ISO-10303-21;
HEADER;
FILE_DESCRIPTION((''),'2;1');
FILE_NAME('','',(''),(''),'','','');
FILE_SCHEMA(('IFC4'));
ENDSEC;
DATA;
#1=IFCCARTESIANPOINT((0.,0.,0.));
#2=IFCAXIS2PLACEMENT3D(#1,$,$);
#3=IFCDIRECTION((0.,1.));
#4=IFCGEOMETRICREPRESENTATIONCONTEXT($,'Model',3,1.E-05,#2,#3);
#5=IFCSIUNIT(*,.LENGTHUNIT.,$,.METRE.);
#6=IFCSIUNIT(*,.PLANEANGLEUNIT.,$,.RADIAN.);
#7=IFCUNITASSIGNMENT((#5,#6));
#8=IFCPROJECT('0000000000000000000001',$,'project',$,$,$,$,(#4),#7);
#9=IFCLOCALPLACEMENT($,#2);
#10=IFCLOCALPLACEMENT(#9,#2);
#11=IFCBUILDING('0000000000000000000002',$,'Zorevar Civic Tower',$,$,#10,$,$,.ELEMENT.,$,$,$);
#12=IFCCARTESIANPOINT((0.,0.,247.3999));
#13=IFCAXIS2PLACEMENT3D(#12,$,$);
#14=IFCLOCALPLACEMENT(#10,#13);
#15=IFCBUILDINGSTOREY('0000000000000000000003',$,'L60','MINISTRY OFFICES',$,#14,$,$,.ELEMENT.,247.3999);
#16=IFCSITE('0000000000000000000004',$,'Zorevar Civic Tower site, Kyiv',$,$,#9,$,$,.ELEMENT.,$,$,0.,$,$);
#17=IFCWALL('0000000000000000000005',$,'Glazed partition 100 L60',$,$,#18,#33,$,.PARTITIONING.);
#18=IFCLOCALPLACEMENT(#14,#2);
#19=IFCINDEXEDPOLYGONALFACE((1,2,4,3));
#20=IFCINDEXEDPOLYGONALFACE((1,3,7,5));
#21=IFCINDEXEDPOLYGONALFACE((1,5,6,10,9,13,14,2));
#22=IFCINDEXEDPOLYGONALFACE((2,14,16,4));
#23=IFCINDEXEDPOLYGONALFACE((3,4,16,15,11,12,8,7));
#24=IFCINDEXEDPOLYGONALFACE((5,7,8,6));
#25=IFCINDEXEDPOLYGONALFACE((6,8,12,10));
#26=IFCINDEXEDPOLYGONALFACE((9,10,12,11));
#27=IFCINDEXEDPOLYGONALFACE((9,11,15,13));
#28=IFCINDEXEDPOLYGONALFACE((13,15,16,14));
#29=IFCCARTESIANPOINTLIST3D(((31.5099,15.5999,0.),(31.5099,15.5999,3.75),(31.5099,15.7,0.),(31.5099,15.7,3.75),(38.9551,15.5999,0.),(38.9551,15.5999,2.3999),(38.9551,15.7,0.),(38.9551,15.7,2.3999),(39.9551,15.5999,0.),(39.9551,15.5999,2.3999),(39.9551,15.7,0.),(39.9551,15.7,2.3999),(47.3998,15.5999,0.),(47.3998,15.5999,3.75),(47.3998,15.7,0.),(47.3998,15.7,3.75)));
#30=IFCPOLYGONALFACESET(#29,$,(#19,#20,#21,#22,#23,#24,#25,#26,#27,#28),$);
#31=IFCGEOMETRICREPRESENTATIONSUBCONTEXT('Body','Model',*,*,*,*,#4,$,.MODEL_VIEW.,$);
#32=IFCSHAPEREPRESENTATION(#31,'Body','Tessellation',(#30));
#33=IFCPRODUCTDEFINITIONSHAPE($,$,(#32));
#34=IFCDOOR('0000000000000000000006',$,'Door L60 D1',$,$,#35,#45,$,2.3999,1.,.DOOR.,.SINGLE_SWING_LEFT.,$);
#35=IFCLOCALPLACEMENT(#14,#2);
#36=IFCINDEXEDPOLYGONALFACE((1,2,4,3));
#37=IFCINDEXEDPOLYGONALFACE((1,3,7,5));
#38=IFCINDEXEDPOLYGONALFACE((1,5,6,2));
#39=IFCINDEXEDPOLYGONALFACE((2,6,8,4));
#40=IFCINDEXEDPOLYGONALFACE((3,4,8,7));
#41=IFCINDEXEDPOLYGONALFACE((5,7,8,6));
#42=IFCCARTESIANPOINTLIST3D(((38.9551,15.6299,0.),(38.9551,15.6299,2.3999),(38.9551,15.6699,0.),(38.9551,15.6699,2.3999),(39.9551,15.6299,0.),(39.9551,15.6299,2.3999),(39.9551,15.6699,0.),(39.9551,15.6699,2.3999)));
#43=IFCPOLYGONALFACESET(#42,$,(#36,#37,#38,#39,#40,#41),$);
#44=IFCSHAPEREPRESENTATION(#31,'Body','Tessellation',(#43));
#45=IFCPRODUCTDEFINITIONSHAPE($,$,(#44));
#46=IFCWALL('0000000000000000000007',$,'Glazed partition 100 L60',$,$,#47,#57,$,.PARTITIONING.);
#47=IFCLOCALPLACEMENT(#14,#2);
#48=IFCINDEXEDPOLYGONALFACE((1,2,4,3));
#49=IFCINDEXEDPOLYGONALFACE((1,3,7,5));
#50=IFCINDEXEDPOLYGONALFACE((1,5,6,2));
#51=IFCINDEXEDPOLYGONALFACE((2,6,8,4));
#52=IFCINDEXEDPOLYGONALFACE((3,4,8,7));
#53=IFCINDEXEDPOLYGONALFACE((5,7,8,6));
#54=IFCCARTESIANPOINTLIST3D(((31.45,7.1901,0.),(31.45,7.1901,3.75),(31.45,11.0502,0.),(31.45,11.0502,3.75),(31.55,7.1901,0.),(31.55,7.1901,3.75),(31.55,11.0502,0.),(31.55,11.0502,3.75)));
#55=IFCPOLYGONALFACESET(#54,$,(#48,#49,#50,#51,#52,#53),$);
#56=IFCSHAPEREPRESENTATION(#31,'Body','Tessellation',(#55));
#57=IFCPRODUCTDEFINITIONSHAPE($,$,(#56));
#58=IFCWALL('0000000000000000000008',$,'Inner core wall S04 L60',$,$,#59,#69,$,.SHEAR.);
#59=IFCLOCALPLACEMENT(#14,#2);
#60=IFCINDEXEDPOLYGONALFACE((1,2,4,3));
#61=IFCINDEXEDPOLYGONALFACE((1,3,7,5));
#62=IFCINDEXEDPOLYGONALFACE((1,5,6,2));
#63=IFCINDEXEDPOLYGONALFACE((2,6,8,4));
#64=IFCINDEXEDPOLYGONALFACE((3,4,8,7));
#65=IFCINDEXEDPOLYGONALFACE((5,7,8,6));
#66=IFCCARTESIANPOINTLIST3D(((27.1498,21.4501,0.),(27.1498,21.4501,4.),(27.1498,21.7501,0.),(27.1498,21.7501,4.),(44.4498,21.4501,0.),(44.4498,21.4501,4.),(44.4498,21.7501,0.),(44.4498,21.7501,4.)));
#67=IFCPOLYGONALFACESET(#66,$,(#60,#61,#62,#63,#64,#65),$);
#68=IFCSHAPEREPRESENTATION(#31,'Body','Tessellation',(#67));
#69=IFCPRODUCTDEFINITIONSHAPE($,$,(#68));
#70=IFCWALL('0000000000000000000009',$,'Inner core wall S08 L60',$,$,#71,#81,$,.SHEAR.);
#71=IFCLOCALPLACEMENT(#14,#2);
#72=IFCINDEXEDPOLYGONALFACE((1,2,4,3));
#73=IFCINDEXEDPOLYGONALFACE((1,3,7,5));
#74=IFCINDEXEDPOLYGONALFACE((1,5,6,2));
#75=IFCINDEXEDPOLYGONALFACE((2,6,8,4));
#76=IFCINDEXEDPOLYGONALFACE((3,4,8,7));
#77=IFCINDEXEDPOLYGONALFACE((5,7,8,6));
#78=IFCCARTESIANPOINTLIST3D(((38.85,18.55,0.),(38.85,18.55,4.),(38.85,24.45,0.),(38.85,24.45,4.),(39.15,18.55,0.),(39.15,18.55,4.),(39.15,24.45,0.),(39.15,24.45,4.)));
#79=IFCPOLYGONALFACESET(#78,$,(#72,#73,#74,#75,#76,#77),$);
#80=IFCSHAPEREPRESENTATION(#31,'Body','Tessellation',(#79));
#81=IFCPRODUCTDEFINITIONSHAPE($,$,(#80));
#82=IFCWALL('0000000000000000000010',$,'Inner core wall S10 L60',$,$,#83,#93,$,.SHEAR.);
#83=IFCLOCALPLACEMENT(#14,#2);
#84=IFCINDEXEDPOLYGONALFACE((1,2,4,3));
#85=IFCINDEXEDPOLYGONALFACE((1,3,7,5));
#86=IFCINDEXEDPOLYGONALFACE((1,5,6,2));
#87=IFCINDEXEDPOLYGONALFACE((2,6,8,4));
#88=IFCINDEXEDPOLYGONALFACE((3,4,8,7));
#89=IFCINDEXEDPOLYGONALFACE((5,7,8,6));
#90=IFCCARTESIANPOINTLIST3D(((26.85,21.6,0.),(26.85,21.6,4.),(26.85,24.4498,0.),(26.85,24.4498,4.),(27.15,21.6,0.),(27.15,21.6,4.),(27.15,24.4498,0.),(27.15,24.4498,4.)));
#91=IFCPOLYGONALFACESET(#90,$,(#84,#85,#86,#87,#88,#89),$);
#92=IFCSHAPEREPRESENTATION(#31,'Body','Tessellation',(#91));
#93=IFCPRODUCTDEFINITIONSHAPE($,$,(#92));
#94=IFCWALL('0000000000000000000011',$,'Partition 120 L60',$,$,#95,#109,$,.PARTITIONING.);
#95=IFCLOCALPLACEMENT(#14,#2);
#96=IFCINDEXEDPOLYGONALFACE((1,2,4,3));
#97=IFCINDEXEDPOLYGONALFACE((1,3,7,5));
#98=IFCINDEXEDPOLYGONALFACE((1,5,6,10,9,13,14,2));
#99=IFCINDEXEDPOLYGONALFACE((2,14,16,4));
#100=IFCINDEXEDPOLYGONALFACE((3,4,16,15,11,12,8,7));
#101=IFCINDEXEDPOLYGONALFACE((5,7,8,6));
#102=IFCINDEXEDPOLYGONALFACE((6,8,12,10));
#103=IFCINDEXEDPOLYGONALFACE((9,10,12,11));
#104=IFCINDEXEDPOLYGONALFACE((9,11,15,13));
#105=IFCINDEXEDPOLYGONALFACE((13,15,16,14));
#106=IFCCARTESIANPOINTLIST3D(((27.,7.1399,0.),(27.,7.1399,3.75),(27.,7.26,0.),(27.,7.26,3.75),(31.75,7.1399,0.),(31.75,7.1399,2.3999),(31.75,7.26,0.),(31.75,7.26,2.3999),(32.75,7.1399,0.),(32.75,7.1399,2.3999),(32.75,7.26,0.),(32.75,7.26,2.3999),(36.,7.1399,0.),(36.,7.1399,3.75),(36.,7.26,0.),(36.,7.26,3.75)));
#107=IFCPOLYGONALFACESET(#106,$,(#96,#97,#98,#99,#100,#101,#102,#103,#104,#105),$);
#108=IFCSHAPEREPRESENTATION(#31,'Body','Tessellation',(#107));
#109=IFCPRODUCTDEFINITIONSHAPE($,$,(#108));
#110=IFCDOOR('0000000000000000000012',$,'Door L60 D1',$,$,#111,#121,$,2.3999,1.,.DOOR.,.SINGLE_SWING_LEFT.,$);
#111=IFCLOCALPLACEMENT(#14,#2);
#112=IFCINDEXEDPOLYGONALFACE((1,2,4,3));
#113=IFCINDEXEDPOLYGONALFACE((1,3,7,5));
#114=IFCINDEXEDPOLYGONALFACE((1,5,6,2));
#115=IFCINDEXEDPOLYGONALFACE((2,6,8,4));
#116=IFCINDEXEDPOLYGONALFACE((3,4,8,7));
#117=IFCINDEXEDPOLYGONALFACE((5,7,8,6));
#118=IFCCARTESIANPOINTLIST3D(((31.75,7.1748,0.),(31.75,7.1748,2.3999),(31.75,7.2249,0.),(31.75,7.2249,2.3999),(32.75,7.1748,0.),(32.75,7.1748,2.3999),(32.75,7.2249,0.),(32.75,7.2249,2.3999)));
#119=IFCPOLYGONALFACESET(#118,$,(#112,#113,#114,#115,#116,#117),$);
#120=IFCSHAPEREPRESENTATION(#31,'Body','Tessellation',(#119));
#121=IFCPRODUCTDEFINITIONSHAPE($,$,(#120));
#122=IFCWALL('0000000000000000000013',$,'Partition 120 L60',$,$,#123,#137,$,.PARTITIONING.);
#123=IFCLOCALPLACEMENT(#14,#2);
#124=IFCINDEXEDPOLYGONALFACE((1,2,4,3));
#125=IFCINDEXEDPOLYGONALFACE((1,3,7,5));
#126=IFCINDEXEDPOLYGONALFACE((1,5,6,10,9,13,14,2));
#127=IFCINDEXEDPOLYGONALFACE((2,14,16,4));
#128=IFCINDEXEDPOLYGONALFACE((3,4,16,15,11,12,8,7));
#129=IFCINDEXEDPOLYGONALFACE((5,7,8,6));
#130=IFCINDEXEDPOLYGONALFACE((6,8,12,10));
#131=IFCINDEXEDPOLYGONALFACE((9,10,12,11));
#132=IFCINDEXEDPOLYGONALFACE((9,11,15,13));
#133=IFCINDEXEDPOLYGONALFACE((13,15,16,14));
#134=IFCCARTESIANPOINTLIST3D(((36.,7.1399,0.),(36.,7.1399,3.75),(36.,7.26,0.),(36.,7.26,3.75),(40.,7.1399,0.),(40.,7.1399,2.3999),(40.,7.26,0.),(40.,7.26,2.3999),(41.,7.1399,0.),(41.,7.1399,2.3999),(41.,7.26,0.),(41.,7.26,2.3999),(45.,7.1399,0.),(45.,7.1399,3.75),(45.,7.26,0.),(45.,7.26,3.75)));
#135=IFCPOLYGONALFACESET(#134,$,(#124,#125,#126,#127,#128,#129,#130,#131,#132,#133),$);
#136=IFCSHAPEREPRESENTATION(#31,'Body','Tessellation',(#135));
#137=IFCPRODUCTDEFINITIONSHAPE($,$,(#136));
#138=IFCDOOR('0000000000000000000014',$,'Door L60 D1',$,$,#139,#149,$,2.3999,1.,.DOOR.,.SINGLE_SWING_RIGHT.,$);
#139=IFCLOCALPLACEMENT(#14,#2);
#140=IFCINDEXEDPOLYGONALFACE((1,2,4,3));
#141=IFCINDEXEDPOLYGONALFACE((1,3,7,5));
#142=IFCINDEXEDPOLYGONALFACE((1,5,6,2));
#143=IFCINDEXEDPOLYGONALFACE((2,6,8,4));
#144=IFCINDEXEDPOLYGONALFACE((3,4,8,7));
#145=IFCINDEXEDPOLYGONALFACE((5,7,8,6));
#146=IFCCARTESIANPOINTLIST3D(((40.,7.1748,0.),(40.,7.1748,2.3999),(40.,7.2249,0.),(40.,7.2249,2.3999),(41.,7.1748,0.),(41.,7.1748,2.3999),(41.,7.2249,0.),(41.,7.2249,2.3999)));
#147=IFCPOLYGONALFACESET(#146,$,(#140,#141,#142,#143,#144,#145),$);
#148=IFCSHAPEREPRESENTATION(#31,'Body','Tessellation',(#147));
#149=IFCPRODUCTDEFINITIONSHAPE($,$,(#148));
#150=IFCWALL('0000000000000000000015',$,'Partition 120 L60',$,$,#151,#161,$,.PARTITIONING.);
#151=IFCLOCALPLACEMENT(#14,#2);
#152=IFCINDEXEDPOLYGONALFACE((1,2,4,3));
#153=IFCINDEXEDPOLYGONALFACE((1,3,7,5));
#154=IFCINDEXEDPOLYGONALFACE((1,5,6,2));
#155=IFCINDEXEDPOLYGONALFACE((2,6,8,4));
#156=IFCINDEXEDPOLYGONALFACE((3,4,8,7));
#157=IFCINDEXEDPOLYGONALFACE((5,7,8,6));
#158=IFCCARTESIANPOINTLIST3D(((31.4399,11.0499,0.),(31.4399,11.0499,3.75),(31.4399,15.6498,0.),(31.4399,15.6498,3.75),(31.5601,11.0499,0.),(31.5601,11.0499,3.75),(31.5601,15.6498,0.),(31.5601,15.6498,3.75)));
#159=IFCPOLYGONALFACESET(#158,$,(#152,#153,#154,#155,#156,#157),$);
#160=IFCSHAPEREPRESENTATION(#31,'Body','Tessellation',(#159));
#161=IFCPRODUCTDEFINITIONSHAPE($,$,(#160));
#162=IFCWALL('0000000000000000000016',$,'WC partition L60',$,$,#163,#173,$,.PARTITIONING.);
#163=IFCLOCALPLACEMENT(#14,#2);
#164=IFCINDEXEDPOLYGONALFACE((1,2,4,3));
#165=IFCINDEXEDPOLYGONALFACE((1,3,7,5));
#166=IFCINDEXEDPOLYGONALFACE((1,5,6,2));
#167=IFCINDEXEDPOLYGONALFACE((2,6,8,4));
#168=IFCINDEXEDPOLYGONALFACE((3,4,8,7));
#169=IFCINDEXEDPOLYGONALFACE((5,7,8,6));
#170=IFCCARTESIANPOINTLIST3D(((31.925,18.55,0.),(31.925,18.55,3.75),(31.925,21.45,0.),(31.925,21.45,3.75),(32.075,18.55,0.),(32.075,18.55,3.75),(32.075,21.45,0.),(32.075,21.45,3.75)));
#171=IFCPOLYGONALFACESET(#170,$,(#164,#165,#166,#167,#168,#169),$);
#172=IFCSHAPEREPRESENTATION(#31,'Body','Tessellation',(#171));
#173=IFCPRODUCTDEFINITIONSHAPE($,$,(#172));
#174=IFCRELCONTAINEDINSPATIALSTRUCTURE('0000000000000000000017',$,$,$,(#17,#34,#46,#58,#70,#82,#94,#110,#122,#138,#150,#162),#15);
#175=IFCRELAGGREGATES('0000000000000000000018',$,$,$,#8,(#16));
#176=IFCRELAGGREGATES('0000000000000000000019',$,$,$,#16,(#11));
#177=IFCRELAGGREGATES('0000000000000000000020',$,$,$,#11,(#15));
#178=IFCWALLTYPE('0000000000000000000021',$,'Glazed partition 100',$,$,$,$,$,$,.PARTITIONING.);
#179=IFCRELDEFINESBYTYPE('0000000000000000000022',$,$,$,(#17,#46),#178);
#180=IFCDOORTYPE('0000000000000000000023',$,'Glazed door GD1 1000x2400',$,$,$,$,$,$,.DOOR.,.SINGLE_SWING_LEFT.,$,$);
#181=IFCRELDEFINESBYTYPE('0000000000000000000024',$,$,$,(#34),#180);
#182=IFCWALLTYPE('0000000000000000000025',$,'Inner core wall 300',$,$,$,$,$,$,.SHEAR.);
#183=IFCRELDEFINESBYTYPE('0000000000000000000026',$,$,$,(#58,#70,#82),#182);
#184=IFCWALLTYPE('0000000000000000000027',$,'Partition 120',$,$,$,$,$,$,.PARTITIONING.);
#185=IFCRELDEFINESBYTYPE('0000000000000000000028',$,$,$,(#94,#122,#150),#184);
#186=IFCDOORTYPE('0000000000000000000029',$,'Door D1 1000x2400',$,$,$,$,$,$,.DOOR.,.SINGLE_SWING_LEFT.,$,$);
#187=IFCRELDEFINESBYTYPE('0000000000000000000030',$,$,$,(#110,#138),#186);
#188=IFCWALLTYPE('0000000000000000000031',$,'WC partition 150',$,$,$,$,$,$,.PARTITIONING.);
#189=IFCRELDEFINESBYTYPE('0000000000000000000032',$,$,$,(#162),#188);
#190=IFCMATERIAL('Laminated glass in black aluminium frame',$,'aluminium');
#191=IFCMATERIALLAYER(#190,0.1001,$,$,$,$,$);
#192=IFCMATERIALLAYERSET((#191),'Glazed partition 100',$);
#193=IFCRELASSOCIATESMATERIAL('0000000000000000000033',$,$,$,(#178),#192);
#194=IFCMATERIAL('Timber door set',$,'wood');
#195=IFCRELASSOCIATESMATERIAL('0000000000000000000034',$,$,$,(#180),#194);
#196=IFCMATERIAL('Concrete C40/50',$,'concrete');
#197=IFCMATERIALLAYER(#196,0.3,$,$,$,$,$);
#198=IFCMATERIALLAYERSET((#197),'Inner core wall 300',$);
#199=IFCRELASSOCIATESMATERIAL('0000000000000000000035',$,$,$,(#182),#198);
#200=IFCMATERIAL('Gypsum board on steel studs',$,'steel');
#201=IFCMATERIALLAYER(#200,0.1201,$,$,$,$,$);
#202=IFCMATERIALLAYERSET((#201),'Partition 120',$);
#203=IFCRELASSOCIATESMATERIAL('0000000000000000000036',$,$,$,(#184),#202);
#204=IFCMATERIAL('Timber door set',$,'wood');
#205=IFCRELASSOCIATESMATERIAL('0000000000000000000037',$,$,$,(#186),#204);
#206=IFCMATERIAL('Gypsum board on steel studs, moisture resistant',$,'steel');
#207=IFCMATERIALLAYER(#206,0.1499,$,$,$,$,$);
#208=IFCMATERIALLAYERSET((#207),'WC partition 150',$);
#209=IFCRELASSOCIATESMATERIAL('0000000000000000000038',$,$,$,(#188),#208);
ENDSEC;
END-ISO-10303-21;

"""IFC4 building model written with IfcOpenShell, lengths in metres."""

from ifc_helpers import new_model, si_unit, direction, frame, frame_2d, origin, place, context, subcontext, project, spatial, rectangle, extrude, material, layer, layer_set, type_object, element, fill, save


model = new_model("IFC4")

# Units and contexts
model_context = context("Model", 3, precision=1e-05, world=origin(), true_north=direction((0.0, 1.0)))
body_context = subcontext(model_context, "Body", "Model", "MODEL_VIEW")
ifc_project = project(units=[si_unit("LENGTHUNIT", "METRE"), si_unit("PLANEANGLEUNIT", "RADIAN")], contexts=[model_context])

# Site, building, storey
site_placement = place(None, origin())
site = spatial("IfcSite", under=ifc_project, at=site_placement, Name="Zorevar Civic Tower site, Kyiv", CompositionType="ELEMENT", RefElevation=0.0)
building_placement = place(site_placement, origin())
building = spatial("IfcBuilding", under=site, at=building_placement, Name="Zorevar Civic Tower", CompositionType="ELEMENT")
storey_placement = place(building_placement, frame((0.0, 0.0, 247.3999)))
storey = spatial("IfcBuildingStorey", under=building, at=storey_placement, Name="L60", Description="MINISTRY OFFICES", CompositionType="ELEMENT", Elevation=247.3999)

# Wall, opening, door
ifc_material_1 = material(Name="Laminated glass in black aluminium frame", Category="aluminium")
ifc_layer_1 = layer(ifc_material_1, 0.1001)
ifc_layer_set_1 = layer_set([ifc_layer_1], Name="Glazed partition 100")
wall_type_1 = type_object("IfcWallType", Name="Glazed partition 100", PredefinedType="PARTITIONING", material=ifc_layer_set_1)
wall_1_placement = place(storey_placement, frame((31.51, 15.6499, 0.0), z_axis=(0.0, 0.0, 1.0), x_axis=(1.0, 0.0, 0.0)))
wall_1 = element("IfcWall", 1, at=wall_1_placement, inside=storey, type_object=wall_type_1, Name="Glazed partition 100 L60", PredefinedType="PARTITIONING", context=body_context, shape_type="SweptSolid", body=[
    extrude(rectangle(XDim=15.8899, YDim=0.1001, at=frame_2d((7.9448, 0.0))), origin(), (0.0, 0.0, 1.0), 3.75),
])
opening_1_placement = place(wall_1_placement, frame((7.4451, 0.0, 0.0)))
opening_1 = element("IfcOpeningElement", 2, at=opening_1_placement, cuts=wall_1, PredefinedType="OPENING", context=body_context, shape_type="SweptSolid", body=[
    extrude(rectangle(XDim=1.0, YDim=2.3999, at=frame_2d((0.5, 1.2))), frame((0.0, 0.0601, 0.0), z_axis=(0.0, -1.0, 0.0), x_axis=(1.0, 0.0, 0.0)), (0.0, 0.0, 1.0), 0.1201),
])
ifc_material_2 = material(Name="Timber door set", Category="wood")
door_type_1 = type_object("IfcDoorType", Name="Glazed door GD1 1000x2400", OperationType="SINGLE_SWING_LEFT", PredefinedType="DOOR", material=ifc_material_2)
door_1_placement = place(opening_1_placement, origin())
door_1 = element("IfcDoor", 3, at=door_1_placement, inside=storey, type_object=door_type_1, Name="Door L60 D1", OperationType="SINGLE_SWING_LEFT", OverallHeight=2.3999, OverallWidth=1.0, PredefinedType="DOOR", context=body_context, shape_type="SweptSolid", body=[
    extrude(rectangle(XDim=1.0, YDim=2.3999, at=frame_2d((0.5, 1.2))), frame((0.0, 0.02, 0.0), z_axis=(0.0, -1.0, 0.0), x_axis=(1.0, 0.0, 0.0)), (0.0, 0.0, 1.0), 0.04),
])
fill(opening_1, door_1)

# Walls
wall_2_placement = place(storey_placement, frame((31.5, 7.1899, 0.0), z_axis=(0.0, 0.0, 1.0), x_axis=(0.0, 1.0, 0.0)))
element("IfcWall", 4, at=wall_2_placement, inside=storey, type_object=wall_type_1, Name="Glazed partition 100 L60", PredefinedType="PARTITIONING", context=body_context, shape_type="SweptSolid", body=[
    extrude(rectangle(XDim=3.8601, YDim=0.1001, at=frame_2d((1.9302, 0.0))), origin(), (0.0, 0.0, 1.0), 3.75),
])
ifc_material_3 = material(Name="Concrete C40/50", Category="concrete")
ifc_layer_2 = layer(ifc_material_3, 0.3)
ifc_layer_set_2 = layer_set([ifc_layer_2], Name="Inner core wall 300")
wall_type_2 = type_object("IfcWallType", Name="Inner core wall 300", PredefinedType="SHEAR", material=ifc_layer_set_2)
wall_3_placement = place(storey_placement, frame((27.1499, 21.6001, 0.0), z_axis=(0.0, 0.0, 1.0), x_axis=(1.0, 0.0, 0.0)))
element("IfcWall", 5, at=wall_3_placement, inside=storey, type_object=wall_type_2, Name="Inner core wall S04 L60", PredefinedType="SHEAR", context=body_context, shape_type="SweptSolid", body=[
    extrude(rectangle(XDim=17.3, YDim=0.3, at=frame_2d((8.6499, 0.0))), origin(), (0.0, 0.0, 1.0), 4.0),
])
wall_4_placement = place(storey_placement, frame((39.0, 18.55, 0.0), z_axis=(0.0, 0.0, 1.0), x_axis=(0.0, 1.0, 0.0)))
element("IfcWall", 6, at=wall_4_placement, inside=storey, type_object=wall_type_2, Name="Inner core wall S08 L60", PredefinedType="SHEAR", context=body_context, shape_type="SweptSolid", body=[
    extrude(rectangle(XDim=5.8999, YDim=0.3, at=frame_2d((2.95, 0.0))), origin(), (0.0, 0.0, 1.0), 4.0),
])
wall_5_placement = place(storey_placement, frame((27.0, 21.6001, 0.0), z_axis=(0.0, 0.0, 1.0), x_axis=(0.0, 1.0, 0.0)))
element("IfcWall", 7, at=wall_5_placement, inside=storey, type_object=wall_type_2, Name="Inner core wall S10 L60", PredefinedType="SHEAR", context=body_context, shape_type="SweptSolid", body=[
    extrude(rectangle(XDim=2.8499, YDim=0.3, at=frame_2d((1.4248, 0.0))), origin(), (0.0, 0.0, 1.0), 4.0),
])

# Walls, openings, doors
ifc_material_4 = material(Name="Gypsum board on steel studs", Category="steel")
ifc_layer_3 = layer(ifc_material_4, 0.1201)
ifc_layer_set_3 = layer_set([ifc_layer_3], Name="Partition 120")
wall_type_3 = type_object("IfcWallType", Name="Partition 120", PredefinedType="PARTITIONING", material=ifc_layer_set_3)
wall_6_placement = place(storey_placement, frame((27.0, 7.2, 0.0), z_axis=(0.0, 0.0, 1.0), x_axis=(1.0, 0.0, 0.0)))
wall_6 = element("IfcWall", 8, at=wall_6_placement, inside=storey, type_object=wall_type_3, Name="Partition 120 L60", PredefinedType="PARTITIONING", context=body_context, shape_type="SweptSolid", body=[
    extrude(rectangle(XDim=9.0, YDim=0.1201, at=frame_2d((4.5, 0.0))), origin(), (0.0, 0.0, 1.0), 3.75),
])
opening_2_placement = place(wall_6_placement, frame((4.75, 0.0, 0.0)))
opening_2 = element("IfcOpeningElement", 9, at=opening_2_placement, cuts=wall_6, PredefinedType="OPENING", context=body_context, shape_type="SweptSolid", body=[
    extrude(rectangle(XDim=1.0, YDim=2.3999, at=frame_2d((0.5, 1.2))), frame((0.0, 0.0701, 0.0), z_axis=(0.0, -1.0, 0.0), x_axis=(1.0, 0.0, 0.0)), (0.0, 0.0, 1.0), 0.1401),
])
ifc_material_5 = material(Name="Timber door set", Category="wood")
door_type_2 = type_object("IfcDoorType", Name="Door D1 1000x2400", OperationType="SINGLE_SWING_LEFT", PredefinedType="DOOR", material=ifc_material_5)
door_2_placement = place(opening_2_placement, origin())
door_2 = element("IfcDoor", 10, at=door_2_placement, inside=storey, type_object=door_type_2, Name="Door L60 D1", OperationType="SINGLE_SWING_LEFT", OverallHeight=2.3999, OverallWidth=1.0, PredefinedType="DOOR", context=body_context, shape_type="SweptSolid", body=[
    extrude(rectangle(XDim=1.0, YDim=2.3999, at=frame_2d((0.5, 1.2))), frame((0.0, 0.0249, 0.0), z_axis=(0.0, -1.0, 0.0), x_axis=(1.0, 0.0, 0.0)), (0.0, 0.0, 1.0), 0.05),
])
fill(opening_2, door_2)
wall_7_placement = place(storey_placement, frame((36.0, 7.2, 0.0), z_axis=(0.0, 0.0, 1.0), x_axis=(1.0, 0.0, 0.0)))
wall_7 = element("IfcWall", 11, at=wall_7_placement, inside=storey, type_object=wall_type_3, Name="Partition 120 L60", PredefinedType="PARTITIONING", context=body_context, shape_type="SweptSolid", body=[
    extrude(rectangle(XDim=9.0, YDim=0.1201, at=frame_2d((4.5, 0.0))), origin(), (0.0, 0.0, 1.0), 3.75),
])
opening_3_placement = place(wall_7_placement, frame((4.0, 0.0, 0.0)))
opening_3 = element("IfcOpeningElement", 12, at=opening_3_placement, cuts=wall_7, PredefinedType="OPENING", context=body_context, shape_type="SweptSolid", body=[
    extrude(rectangle(XDim=1.0, YDim=2.3999, at=frame_2d((0.5, 1.2))), frame((0.0, 0.0701, 0.0), z_axis=(0.0, -1.0, 0.0), x_axis=(1.0, 0.0, 0.0)), (0.0, 0.0, 1.0), 0.1401),
])
door_3_placement = place(opening_3_placement, origin())
door_3 = element("IfcDoor", 13, at=door_3_placement, inside=storey, type_object=door_type_2, Name="Door L60 D1", OperationType="SINGLE_SWING_RIGHT", OverallHeight=2.3999, OverallWidth=1.0, PredefinedType="DOOR", context=body_context, shape_type="SweptSolid", body=[
    extrude(rectangle(XDim=1.0, YDim=2.3999, at=frame_2d((0.5, 1.2))), frame((0.0, 0.0249, 0.0), z_axis=(0.0, -1.0, 0.0), x_axis=(1.0, 0.0, 0.0)), (0.0, 0.0, 1.0), 0.05),
])
fill(opening_3, door_3)

# Wall
wall_8_placement = place(storey_placement, frame((31.5, 11.05, 0.0), z_axis=(0.0, 0.0, 1.0), x_axis=(0.0, 1.0, 0.0)))
element("IfcWall", 14, at=wall_8_placement, inside=storey, type_object=wall_type_3, Name="Partition 120 L60", PredefinedType="PARTITIONING", context=body_context, shape_type="SweptSolid", body=[
    extrude(rectangle(XDim=4.5999, YDim=0.1201, at=frame_2d((2.2998, 0.0))), origin(), (0.0, 0.0, 1.0), 3.75),
])

# Wall
ifc_material_6 = material(Name="Gypsum board on steel studs, moisture resistant", Category="steel")
ifc_layer_4 = layer(ifc_material_6, 0.1499)
ifc_layer_set_4 = layer_set([ifc_layer_4], Name="WC partition 150")
wall_type_4 = type_object("IfcWallType", Name="WC partition 150", PredefinedType="PARTITIONING", material=ifc_layer_set_4)
for number, where, z_axis, x_axis, name in (
    (15, (32.0, 18.55, 0.0), (0.0, 0.0, 1.0), (0.0, 1.0, 0.0), "WC partition L60"),
):
    element("IfcWall", number, at=place(storey_placement, frame(where, z_axis=z_axis, x_axis=x_axis)), inside=storey, type_object=wall_type_4, Name=name, PredefinedType="PARTITIONING", context=body_context, shape_type="SweptSolid", body=[
        extrude(rectangle(XDim=2.8999, YDim=0.1499, at=frame_2d((1.45, 0.0))), origin(), (0.0, 0.0, 1.0), 3.75),
    ])

save(model, "model.ifc")
